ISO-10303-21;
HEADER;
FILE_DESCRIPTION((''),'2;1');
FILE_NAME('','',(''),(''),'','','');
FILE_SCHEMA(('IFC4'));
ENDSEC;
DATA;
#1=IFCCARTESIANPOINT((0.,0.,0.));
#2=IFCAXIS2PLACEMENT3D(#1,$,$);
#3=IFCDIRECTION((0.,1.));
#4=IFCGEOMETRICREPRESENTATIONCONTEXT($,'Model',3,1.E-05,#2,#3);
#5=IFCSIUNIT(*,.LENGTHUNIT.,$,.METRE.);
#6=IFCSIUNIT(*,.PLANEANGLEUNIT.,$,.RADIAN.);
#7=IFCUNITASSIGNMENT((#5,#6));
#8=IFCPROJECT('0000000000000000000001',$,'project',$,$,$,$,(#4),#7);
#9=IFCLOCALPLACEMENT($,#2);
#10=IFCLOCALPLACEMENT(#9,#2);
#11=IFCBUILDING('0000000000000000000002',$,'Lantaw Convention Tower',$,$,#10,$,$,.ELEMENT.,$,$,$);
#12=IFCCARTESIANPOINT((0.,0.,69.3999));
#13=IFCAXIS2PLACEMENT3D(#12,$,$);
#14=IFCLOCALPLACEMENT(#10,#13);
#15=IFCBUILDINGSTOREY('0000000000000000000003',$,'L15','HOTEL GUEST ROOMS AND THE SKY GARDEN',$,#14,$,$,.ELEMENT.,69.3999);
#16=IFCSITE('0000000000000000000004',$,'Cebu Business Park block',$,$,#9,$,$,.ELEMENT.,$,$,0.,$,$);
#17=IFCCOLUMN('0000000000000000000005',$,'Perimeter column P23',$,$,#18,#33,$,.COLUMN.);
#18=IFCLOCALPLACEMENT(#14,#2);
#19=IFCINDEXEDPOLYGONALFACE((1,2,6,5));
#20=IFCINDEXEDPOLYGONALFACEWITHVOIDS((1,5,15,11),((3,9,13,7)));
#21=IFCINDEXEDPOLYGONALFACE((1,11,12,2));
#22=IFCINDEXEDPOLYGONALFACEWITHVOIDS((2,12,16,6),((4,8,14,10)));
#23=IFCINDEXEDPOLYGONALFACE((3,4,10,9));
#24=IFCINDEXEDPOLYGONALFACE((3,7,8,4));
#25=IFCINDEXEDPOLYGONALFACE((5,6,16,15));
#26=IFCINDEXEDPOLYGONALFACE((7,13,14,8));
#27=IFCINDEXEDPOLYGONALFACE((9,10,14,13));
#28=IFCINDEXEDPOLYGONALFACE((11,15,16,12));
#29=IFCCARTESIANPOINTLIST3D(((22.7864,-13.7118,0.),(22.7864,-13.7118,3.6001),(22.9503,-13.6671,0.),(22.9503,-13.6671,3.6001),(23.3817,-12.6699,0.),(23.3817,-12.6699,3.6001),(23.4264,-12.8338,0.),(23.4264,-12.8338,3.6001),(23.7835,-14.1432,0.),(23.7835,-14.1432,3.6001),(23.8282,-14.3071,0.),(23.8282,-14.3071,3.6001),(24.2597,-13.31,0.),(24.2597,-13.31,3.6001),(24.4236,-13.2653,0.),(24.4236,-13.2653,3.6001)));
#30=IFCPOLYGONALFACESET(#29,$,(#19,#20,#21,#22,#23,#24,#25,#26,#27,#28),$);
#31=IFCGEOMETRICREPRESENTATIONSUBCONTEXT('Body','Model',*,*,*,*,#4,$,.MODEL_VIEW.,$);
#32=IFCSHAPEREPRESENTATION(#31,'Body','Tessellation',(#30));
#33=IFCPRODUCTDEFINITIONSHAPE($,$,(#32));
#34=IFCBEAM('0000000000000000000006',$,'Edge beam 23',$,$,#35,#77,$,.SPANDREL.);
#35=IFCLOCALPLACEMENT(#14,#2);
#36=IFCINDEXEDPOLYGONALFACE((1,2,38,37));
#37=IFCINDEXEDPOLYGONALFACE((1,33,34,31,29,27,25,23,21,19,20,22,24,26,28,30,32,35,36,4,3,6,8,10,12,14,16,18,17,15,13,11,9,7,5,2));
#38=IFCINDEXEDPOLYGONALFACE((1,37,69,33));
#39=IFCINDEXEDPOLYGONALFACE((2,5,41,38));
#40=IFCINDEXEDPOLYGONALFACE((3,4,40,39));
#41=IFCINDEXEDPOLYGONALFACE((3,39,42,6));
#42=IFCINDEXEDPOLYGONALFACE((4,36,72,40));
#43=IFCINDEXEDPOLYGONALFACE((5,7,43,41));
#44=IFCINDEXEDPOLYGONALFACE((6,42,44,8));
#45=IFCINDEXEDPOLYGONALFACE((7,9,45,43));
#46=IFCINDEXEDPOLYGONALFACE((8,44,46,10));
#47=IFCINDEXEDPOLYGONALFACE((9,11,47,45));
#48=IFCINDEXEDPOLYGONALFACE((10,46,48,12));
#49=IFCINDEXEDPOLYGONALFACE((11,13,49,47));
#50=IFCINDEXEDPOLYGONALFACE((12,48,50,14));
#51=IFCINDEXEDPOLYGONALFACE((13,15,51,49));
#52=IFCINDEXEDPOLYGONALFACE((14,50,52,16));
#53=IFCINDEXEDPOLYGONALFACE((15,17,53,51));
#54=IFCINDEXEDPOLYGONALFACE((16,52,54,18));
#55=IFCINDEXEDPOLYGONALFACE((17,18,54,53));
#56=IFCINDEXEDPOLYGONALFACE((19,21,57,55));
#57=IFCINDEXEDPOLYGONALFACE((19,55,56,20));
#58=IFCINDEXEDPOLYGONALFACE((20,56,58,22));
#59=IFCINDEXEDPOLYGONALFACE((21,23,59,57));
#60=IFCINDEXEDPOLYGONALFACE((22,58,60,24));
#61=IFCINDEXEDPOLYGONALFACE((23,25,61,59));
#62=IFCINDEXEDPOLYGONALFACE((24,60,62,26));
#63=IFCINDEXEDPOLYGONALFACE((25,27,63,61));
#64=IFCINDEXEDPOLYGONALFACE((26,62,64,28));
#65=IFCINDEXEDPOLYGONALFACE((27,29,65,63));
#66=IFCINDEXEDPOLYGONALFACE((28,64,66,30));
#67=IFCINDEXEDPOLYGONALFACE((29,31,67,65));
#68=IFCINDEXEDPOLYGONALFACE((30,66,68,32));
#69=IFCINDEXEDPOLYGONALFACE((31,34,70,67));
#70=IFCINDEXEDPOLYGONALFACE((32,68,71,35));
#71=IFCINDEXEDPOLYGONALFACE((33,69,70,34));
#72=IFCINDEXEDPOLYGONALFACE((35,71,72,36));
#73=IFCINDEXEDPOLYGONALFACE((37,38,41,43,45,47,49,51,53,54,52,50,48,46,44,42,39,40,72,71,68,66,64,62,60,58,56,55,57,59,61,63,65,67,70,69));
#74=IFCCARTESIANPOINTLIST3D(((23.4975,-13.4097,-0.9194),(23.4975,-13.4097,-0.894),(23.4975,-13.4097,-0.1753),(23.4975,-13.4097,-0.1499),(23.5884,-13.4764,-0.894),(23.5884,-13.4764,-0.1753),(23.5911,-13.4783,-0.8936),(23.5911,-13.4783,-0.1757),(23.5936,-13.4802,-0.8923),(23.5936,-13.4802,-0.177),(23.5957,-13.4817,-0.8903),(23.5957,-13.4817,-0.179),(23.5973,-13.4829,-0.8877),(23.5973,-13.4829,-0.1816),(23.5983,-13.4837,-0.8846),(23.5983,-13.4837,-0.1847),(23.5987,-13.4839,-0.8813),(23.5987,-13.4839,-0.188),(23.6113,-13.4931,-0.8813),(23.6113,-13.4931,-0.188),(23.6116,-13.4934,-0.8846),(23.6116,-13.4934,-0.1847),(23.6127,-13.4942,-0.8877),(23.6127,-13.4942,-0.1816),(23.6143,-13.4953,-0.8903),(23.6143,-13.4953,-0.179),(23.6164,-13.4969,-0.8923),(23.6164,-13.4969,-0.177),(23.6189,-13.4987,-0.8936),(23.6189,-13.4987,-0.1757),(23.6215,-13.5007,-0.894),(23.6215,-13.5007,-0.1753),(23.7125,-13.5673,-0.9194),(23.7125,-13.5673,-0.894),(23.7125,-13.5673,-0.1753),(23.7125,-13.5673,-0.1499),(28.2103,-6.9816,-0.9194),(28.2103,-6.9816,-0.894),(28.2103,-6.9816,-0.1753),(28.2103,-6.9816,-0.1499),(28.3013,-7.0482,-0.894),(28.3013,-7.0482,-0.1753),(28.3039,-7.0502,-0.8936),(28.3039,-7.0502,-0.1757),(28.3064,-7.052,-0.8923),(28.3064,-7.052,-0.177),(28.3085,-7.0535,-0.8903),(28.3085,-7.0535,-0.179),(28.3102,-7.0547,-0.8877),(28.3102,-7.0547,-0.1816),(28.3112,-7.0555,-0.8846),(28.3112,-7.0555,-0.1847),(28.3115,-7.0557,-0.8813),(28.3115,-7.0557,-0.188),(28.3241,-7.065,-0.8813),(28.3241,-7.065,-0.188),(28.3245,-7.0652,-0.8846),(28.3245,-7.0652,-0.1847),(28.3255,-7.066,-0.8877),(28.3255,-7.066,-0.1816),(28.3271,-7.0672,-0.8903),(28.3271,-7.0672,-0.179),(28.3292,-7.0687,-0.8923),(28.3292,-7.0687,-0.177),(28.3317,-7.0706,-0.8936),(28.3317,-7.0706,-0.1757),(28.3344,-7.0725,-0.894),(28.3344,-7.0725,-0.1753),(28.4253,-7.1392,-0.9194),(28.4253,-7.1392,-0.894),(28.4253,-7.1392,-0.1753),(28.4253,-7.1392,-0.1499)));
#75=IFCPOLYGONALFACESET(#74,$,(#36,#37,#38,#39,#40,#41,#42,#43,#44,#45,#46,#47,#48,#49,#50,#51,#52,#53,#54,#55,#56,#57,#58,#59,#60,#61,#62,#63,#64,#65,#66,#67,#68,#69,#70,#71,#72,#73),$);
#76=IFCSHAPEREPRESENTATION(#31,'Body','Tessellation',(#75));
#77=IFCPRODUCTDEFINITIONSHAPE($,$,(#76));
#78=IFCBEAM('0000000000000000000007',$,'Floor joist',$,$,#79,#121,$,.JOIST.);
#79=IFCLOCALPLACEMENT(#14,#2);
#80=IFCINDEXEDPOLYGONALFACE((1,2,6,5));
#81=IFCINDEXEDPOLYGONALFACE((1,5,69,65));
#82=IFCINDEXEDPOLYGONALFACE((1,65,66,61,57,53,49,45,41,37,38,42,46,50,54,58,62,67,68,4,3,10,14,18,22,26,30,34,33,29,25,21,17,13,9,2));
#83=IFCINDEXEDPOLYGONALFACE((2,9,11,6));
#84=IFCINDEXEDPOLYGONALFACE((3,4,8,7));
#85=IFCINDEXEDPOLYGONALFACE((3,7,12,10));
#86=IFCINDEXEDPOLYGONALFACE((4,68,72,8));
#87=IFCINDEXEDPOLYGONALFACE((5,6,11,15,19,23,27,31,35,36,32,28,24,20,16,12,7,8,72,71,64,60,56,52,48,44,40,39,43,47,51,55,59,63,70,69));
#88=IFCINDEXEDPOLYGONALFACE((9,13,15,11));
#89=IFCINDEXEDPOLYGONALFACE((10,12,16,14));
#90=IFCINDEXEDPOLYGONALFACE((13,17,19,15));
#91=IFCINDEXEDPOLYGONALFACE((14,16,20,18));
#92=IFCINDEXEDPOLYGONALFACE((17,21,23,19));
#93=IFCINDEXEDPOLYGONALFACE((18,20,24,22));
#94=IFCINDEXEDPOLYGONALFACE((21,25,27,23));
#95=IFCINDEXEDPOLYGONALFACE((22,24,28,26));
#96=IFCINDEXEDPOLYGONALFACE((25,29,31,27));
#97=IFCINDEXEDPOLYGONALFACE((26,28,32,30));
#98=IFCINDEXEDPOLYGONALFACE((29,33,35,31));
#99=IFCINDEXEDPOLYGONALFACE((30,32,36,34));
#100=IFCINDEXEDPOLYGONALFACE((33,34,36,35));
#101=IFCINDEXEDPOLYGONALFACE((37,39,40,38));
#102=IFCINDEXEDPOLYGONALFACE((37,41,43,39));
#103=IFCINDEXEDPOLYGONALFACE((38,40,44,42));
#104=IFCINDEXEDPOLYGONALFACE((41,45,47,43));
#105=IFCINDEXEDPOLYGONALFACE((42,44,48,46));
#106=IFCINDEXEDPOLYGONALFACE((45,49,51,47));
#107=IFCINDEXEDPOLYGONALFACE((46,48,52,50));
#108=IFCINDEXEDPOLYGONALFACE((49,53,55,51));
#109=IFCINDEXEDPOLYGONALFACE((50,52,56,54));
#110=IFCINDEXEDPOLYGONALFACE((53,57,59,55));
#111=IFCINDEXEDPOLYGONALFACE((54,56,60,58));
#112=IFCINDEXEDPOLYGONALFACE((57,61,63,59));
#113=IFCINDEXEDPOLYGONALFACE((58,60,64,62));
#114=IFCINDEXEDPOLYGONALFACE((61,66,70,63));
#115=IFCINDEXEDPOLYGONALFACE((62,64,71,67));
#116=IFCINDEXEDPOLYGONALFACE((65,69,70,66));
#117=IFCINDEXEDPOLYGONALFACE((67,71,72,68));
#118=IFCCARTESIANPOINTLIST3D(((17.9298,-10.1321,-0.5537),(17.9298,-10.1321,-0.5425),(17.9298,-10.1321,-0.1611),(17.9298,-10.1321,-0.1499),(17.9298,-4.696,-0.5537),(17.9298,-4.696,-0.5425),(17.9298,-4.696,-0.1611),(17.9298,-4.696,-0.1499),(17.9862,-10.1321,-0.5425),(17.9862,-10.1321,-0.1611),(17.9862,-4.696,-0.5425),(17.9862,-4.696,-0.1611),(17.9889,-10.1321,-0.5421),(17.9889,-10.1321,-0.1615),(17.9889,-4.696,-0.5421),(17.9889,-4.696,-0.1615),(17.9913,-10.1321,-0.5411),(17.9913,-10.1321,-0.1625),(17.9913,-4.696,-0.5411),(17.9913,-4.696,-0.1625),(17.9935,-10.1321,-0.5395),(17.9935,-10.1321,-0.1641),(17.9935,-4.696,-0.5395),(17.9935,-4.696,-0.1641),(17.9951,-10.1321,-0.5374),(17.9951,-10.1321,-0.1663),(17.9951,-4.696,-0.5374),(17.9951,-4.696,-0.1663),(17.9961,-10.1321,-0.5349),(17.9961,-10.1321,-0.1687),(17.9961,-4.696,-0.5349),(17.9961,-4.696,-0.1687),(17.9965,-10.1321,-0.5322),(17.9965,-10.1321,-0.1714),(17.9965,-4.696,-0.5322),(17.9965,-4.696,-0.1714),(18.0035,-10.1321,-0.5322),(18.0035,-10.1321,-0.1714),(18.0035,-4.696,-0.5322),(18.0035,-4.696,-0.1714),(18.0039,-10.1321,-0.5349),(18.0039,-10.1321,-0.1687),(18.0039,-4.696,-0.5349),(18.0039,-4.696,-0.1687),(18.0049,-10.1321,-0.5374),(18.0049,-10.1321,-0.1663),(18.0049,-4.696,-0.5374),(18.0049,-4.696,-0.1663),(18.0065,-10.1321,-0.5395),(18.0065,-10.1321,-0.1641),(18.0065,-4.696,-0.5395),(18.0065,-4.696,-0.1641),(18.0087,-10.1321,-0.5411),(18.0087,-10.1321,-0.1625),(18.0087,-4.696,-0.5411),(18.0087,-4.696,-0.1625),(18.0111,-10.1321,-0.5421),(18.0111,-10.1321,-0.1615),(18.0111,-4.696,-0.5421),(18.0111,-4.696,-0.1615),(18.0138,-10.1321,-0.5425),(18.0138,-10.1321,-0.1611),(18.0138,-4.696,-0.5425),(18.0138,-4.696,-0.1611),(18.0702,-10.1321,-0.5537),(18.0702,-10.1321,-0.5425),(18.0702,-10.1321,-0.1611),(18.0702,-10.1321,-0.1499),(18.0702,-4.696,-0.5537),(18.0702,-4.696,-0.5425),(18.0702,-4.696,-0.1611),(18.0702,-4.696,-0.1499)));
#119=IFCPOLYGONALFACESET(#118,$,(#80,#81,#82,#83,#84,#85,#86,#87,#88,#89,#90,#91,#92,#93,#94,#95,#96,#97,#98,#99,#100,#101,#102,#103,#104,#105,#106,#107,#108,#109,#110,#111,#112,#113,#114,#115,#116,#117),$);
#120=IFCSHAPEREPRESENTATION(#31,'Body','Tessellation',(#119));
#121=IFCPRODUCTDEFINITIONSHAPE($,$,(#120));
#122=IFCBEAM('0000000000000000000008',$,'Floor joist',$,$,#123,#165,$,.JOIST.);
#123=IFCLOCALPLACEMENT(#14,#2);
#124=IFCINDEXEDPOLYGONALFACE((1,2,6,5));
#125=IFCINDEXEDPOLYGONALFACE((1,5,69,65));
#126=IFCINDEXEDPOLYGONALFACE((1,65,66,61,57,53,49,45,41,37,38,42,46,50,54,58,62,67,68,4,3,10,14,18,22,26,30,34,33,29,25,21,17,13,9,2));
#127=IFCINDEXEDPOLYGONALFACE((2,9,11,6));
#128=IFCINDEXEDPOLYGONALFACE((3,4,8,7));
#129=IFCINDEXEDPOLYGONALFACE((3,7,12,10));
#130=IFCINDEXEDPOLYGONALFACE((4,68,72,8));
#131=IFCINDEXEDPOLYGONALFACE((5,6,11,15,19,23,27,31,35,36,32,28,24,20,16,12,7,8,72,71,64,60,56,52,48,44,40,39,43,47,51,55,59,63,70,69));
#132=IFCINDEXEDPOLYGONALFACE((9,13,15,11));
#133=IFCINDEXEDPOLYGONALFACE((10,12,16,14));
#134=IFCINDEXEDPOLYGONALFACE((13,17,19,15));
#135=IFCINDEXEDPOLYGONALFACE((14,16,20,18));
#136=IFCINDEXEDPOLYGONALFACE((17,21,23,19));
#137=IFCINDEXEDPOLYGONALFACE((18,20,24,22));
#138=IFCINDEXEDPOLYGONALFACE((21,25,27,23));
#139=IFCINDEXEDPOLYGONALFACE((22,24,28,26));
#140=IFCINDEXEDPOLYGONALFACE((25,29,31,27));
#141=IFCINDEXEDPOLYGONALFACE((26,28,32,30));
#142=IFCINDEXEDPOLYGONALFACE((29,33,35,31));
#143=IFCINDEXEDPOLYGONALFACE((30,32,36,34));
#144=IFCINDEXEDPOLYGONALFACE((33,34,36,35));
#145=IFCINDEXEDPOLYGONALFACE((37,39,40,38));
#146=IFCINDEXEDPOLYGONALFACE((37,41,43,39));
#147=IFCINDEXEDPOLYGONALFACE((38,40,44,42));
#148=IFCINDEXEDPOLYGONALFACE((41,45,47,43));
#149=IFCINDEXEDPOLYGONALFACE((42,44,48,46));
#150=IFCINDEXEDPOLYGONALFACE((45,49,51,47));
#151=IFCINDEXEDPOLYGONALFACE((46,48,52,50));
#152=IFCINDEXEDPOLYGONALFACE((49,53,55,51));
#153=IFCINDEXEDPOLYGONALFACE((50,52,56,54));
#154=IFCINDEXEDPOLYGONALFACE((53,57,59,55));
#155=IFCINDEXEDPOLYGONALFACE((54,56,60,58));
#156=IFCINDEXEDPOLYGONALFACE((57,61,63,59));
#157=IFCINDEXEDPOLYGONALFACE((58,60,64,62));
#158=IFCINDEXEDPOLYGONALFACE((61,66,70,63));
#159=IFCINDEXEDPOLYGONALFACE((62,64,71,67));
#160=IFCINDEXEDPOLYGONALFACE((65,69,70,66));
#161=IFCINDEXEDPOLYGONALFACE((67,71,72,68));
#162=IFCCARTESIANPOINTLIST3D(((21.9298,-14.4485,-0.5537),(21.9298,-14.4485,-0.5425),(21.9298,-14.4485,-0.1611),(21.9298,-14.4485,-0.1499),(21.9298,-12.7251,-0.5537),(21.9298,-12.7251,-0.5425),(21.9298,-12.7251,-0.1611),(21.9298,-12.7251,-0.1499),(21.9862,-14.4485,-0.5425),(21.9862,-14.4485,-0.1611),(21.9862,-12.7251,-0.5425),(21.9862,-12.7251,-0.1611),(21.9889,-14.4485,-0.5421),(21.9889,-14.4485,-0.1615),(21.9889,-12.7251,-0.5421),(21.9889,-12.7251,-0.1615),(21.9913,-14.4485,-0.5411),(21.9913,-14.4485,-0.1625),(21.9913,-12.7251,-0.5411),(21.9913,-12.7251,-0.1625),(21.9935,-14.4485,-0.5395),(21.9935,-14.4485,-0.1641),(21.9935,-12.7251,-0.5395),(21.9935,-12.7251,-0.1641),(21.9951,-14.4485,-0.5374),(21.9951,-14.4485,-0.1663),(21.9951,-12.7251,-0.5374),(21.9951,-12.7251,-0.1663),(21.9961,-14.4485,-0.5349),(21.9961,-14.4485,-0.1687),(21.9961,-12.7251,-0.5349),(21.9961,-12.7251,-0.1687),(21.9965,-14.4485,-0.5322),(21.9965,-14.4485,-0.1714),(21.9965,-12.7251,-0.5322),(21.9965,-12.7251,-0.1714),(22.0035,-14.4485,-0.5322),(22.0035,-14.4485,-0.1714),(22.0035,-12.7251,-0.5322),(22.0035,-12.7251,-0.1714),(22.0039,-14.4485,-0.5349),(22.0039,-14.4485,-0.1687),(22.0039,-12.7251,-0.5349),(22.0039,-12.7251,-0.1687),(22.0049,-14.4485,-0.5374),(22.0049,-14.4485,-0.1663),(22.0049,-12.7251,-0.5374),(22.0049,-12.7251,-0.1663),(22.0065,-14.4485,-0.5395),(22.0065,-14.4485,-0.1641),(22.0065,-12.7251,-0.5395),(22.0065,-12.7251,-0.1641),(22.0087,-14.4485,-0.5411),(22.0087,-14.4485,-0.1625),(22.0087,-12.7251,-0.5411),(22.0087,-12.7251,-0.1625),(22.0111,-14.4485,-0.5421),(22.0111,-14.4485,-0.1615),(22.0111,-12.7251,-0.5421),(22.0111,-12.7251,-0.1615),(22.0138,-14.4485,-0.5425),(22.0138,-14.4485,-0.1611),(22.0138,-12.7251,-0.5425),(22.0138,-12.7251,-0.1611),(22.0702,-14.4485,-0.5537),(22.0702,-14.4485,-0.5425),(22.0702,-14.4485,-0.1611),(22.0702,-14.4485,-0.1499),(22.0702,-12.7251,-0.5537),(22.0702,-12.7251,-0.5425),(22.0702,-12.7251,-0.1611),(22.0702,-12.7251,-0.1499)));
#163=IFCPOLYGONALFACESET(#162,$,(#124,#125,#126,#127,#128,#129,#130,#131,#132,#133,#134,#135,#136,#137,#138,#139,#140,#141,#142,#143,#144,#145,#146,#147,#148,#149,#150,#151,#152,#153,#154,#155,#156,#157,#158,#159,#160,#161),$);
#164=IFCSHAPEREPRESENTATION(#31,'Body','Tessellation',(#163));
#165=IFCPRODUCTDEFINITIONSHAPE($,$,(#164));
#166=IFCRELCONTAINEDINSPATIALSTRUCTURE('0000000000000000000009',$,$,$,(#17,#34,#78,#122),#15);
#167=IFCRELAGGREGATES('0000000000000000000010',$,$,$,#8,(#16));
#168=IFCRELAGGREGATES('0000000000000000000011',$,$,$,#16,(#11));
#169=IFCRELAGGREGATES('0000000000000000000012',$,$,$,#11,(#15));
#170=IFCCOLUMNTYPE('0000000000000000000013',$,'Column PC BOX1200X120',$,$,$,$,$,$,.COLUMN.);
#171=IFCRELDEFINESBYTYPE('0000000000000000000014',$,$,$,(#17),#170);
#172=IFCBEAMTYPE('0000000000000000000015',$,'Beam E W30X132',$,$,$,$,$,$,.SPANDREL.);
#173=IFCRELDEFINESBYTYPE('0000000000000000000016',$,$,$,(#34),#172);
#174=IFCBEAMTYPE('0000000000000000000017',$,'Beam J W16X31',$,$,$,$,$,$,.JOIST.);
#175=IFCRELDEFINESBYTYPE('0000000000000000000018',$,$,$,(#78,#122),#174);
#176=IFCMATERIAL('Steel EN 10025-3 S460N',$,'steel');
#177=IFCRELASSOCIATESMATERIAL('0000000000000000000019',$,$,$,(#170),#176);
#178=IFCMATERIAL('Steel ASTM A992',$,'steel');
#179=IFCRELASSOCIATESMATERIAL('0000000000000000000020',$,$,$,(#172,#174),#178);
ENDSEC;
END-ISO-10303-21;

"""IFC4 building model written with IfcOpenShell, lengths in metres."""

from ifc_helpers import new_model, si_unit, direction, frame, origin, origin_2d, place, context, subcontext, project, spatial, rectangle, hollow_rectangle, i_section, extrude, material, material_profile, profile_set, type_object, element, save


model = new_model("IFC4")

# Units and contexts
model_context = context("Model", 3, precision=1e-05, world=origin(), true_north=direction((0.0, 1.0)))
body_context = subcontext(model_context, "Body", "Model", "MODEL_VIEW")
ifc_project = project(units=[si_unit("LENGTHUNIT", "METRE"), si_unit("PLANEANGLEUNIT", "RADIAN")], contexts=[model_context])

# Site, building, storey
site_placement = place(None, origin())
site = spatial("IfcSite", under=ifc_project, at=site_placement, Name="Cebu Business Park block", CompositionType="ELEMENT", RefElevation=0.0)
building_placement = place(site_placement, origin())
building = spatial("IfcBuilding", under=site, at=building_placement, Name="Lantaw Convention Tower", CompositionType="ELEMENT")
storey_placement = place(building_placement, frame((0.0, 0.0, 69.3999)))
storey = spatial("IfcBuildingStorey", under=building, at=storey_placement, Name="L15", Description="HOTEL GUEST ROOMS AND THE SKY GARDEN", CompositionType="ELEMENT", Elevation=69.3999)

# Column
ifc_material_1 = material(Name="Steel EN 10025-3 S460N", Category="steel")
ifc_material_profile_1 = material_profile(ifc_material_1, hollow_rectangle(XDim=1.2, YDim=1.2, WallThickness=0.1201, at=origin_2d()), Name="BOX1200X120")
ifc_material_2 = material(Name="Concrete C60/75", Category="concrete")
ifc_material_profile_2 = material_profile(ifc_material_2, rectangle(XDim=0.96, YDim=0.96, at=origin_2d()), Name="Concrete fill of BOX1200X120")
ifc_profile_set_1 = profile_set([ifc_material_profile_1, ifc_material_profile_2], Name="Steel EN 10025-3 S460N")
column_type = type_object("IfcColumnType", Name="Column PC BOX1200X120", PredefinedType="COLUMN", material=ifc_profile_set_1)
column_placement = place(storey_placement, frame((23.605, -13.4885, 0.0), z_axis=(0.0, 0.0, 1.0), x_axis=(0.496139, 0.868243, 0.0)))
element("IfcColumn", 1, at=column_placement, inside=storey, type_object=column_type, Name="Perimeter column P23", PredefinedType="COLUMN", context=body_context, shape_type="SweptSolid", body=[
    extrude(hollow_rectangle(XDim=1.2, YDim=1.2, WallThickness=0.1201, at=origin_2d()), origin(), (0.0, 0.0, 1.0), 3.6001),
])

# Beams
ifc_material_3 = material(Name="Steel ASTM A992", Category="steel")
ifc_material_profile_3 = material_profile(ifc_material_3, i_section(OverallWidth=0.2666, OverallDepth=0.7695, WebThickness=0.0156, FlangeThickness=0.0254, FilletRadius=0.0127, at=origin_2d()), Name="W30X132")
ifc_profile_set_2 = profile_set([ifc_material_profile_3], Name="Steel ASTM A992")
beam_type_1 = type_object("IfcBeamType", Name="Beam E W30X132", PredefinedType="SPANDREL", material=ifc_profile_set_2)
beam_1_placement = place(storey_placement, frame((23.605, -13.4885, -0.5347), z_axis=(0.591271, 0.806473, 0.0), x_axis=(-0.806473, 0.591271, 0.0)))
element("IfcBeam", 2, at=beam_1_placement, inside=storey, type_object=beam_type_1, Name="Edge beam 23", PredefinedType="SPANDREL", context=body_context, shape_type="SweptSolid", body=[
    extrude(i_section(OverallWidth=0.2666, OverallDepth=0.7695, WebThickness=0.0156, FlangeThickness=0.0254, FilletRadius=0.0127, at=origin_2d()), origin(), (0.0, 0.0, 1.0), 7.9707),
])
ifc_material_profile_4 = material_profile(ifc_material_3, i_section(OverallWidth=0.1404, OverallDepth=0.4038, WebThickness=0.0071, FlangeThickness=0.0112, FilletRadius=0.0103, at=origin_2d()), Name="W16X31")
ifc_profile_set_3 = profile_set([ifc_material_profile_4], Name="Steel ASTM A992")
beam_type_2 = type_object("IfcBeamType", Name="Beam J W16X31", PredefinedType="JOIST", material=ifc_profile_set_3)
beam_2_placement = place(storey_placement, frame((18.0, -10.1321, -0.3518), z_axis=(0.0, 1.0, 0.0), x_axis=(-1.0, 0.0, 0.0)))
element("IfcBeam", 3, at=beam_2_placement, inside=storey, type_object=beam_type_2, Name="Floor joist", PredefinedType="JOIST", context=body_context, shape_type="SweptSolid", body=[
    extrude(i_section(OverallWidth=0.1404, OverallDepth=0.4038, WebThickness=0.0071, FlangeThickness=0.0112, FilletRadius=0.0103, at=origin_2d()), origin(), (0.0, 0.0, 1.0), 5.436),
])
beam_3_placement = place(storey_placement, frame((22.0, -14.4485, -0.3518), z_axis=(0.0, 1.0, 0.0), x_axis=(-1.0, 0.0, 0.0)))
element("IfcBeam", 4, at=beam_3_placement, inside=storey, type_object=beam_type_2, Name="Floor joist", PredefinedType="JOIST", context=body_context, shape_type="SweptSolid", body=[
    extrude(i_section(OverallWidth=0.1404, OverallDepth=0.4038, WebThickness=0.0071, FlangeThickness=0.0112, FilletRadius=0.0103, at=origin_2d()), origin(), (0.0, 0.0, 1.0), 1.7234),
])

save(model, "model.ifc")
